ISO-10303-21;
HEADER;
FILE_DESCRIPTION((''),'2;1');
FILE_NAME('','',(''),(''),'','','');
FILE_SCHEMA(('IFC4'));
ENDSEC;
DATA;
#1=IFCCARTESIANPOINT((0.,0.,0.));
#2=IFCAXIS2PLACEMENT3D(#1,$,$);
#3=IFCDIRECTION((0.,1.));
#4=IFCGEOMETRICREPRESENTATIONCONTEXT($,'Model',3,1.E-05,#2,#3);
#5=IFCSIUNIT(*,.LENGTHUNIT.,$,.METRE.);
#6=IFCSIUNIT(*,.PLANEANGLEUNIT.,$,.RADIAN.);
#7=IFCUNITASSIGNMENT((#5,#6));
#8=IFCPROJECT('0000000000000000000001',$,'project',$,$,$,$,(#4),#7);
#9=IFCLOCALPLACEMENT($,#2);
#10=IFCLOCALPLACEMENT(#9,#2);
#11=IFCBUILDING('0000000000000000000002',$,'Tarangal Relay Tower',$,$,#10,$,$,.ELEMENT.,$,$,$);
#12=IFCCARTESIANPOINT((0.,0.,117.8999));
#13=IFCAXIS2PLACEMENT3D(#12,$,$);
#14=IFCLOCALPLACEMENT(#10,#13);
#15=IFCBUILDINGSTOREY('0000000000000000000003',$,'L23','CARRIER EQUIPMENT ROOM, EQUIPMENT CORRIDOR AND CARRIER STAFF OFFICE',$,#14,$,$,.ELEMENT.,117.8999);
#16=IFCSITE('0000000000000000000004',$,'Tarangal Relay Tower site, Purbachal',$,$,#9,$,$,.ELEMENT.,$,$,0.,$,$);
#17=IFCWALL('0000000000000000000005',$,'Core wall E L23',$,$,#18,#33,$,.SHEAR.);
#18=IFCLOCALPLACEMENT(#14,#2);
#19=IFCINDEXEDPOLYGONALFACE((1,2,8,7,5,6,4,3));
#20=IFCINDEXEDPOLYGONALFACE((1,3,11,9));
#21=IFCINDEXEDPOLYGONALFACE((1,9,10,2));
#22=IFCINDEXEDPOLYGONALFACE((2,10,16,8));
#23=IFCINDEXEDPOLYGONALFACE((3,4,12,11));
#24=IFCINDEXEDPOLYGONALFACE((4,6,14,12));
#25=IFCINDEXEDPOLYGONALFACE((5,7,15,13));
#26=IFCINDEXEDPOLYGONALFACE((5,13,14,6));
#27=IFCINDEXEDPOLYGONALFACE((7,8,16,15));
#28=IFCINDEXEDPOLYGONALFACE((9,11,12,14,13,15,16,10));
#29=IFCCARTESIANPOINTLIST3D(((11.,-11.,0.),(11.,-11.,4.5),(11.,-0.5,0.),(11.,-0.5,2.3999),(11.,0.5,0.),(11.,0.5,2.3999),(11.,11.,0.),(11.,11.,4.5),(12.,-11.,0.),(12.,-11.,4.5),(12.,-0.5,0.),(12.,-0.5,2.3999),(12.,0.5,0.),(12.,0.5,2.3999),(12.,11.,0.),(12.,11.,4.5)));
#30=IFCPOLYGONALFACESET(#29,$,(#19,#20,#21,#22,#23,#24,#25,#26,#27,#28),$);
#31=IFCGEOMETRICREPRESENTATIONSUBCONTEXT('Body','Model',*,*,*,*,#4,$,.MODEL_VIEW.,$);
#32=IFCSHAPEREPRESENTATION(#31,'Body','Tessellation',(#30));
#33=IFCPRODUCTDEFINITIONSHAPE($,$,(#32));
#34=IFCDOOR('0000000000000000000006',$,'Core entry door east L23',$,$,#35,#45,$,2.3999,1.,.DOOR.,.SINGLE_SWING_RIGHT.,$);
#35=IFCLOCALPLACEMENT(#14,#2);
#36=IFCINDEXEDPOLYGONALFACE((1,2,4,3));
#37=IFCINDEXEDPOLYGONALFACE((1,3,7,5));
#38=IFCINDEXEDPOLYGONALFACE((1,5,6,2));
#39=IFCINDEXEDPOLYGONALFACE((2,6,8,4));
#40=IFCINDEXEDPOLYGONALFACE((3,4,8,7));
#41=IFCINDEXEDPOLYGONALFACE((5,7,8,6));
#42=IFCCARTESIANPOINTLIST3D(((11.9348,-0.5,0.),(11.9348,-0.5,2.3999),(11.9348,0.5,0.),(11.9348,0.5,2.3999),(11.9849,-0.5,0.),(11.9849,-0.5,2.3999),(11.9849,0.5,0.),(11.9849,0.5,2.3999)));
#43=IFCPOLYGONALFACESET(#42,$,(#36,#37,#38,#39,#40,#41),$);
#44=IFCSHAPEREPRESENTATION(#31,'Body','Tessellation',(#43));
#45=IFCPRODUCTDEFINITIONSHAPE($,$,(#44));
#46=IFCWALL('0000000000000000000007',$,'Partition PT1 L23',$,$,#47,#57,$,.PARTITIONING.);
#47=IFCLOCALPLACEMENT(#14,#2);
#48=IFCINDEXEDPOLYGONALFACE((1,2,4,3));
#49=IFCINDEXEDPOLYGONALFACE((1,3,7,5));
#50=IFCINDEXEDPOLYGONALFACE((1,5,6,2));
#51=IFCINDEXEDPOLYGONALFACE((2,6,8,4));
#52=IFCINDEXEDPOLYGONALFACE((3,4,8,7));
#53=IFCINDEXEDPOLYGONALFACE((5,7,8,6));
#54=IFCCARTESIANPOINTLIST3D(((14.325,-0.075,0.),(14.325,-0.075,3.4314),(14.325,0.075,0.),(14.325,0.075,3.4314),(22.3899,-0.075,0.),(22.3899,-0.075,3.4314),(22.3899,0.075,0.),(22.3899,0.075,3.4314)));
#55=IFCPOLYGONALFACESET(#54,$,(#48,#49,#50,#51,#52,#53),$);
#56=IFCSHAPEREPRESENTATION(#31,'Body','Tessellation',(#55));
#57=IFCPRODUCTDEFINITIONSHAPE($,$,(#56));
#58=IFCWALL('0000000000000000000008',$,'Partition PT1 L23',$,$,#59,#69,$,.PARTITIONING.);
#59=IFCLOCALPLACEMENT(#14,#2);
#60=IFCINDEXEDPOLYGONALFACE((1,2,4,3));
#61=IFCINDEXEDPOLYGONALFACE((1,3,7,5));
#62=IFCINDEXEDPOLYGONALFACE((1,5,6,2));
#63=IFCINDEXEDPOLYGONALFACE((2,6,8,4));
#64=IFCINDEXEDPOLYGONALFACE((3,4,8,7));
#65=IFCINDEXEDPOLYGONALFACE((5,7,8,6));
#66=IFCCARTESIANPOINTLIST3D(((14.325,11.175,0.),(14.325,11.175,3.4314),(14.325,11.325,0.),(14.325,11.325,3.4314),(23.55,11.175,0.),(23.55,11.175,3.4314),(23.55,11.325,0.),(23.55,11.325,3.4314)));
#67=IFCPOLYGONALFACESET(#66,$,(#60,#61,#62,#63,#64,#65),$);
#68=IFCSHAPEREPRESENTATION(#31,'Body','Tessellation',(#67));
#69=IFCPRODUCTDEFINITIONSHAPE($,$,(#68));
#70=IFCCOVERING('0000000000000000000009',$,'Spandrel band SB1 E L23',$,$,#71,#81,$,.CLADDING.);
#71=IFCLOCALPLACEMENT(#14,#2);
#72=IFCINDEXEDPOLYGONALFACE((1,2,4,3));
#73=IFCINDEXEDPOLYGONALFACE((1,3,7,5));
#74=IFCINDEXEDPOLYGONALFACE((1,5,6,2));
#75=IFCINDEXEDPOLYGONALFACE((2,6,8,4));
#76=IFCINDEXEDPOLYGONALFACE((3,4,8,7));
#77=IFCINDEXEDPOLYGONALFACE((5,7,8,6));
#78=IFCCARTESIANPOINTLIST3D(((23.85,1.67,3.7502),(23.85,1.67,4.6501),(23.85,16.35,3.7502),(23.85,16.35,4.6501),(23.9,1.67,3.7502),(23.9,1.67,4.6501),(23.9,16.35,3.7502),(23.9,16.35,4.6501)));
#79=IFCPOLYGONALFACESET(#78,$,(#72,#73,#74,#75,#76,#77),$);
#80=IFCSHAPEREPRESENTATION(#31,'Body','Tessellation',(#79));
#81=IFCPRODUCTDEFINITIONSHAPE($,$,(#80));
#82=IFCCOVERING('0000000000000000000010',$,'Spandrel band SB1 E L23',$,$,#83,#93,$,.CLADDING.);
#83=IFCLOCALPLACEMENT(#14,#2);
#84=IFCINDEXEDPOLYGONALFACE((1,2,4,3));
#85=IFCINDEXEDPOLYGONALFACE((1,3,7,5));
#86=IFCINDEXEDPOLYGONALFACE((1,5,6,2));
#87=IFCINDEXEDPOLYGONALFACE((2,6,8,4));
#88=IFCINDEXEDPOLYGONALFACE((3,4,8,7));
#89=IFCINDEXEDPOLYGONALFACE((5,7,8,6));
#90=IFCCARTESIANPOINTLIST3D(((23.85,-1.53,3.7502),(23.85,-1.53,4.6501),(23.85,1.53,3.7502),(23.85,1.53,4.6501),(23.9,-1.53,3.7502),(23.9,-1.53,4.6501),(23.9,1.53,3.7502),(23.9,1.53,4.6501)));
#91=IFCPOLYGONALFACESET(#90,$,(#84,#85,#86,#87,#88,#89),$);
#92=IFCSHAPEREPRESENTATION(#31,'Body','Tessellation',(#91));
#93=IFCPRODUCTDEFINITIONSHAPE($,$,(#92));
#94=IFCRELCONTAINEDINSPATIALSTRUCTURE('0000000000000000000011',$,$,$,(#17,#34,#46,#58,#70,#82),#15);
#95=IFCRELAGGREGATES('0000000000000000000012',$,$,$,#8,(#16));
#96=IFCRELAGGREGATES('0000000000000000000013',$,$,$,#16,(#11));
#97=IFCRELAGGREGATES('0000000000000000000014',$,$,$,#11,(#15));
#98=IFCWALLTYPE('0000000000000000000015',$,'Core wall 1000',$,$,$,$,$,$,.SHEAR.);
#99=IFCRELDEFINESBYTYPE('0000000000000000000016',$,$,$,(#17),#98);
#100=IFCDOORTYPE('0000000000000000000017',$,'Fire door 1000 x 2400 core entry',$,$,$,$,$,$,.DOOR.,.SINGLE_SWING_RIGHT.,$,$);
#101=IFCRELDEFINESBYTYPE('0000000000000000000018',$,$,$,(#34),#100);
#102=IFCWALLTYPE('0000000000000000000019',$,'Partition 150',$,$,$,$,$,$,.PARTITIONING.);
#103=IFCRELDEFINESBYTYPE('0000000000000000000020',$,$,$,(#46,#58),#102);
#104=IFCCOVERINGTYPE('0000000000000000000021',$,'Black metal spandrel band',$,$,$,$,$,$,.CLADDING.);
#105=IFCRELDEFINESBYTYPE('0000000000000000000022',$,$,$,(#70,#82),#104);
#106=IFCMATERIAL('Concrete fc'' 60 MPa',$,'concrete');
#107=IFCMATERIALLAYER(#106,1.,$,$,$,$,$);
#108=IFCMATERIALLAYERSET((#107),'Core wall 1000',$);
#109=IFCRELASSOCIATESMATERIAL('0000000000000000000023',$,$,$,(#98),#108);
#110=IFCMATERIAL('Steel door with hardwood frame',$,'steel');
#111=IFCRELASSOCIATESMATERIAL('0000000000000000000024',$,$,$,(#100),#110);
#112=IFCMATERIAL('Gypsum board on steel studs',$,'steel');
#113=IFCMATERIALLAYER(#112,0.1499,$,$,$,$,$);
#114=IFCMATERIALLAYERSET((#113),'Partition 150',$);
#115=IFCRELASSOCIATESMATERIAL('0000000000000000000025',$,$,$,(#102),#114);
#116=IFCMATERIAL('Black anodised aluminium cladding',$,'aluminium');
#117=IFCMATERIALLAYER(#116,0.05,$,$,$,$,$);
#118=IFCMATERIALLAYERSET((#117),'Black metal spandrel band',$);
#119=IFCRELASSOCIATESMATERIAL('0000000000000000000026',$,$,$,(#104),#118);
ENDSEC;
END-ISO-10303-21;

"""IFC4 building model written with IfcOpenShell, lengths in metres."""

from ifc_helpers import new_model, si_unit, direction, frame, frame_2d, origin, origin_2d, place, context, subcontext, project, spatial, rectangle, extrude, material, layer, layer_set, type_object, element, fill, save


model = new_model("IFC4")

# Units and contexts
model_context = context("Model", 3, precision=1e-05, world=origin(), true_north=direction((0.0, 1.0)))
body_context = subcontext(model_context, "Body", "Model", "MODEL_VIEW")
ifc_project = project(units=[si_unit("LENGTHUNIT", "METRE"), si_unit("PLANEANGLEUNIT", "RADIAN")], contexts=[model_context])

# Site, building, storey
site_placement = place(None, origin())
site = spatial("IfcSite", under=ifc_project, at=site_placement, Name="Tarangal Relay Tower site, Purbachal", CompositionType="ELEMENT", RefElevation=0.0)
building_placement = place(site_placement, origin())
building = spatial("IfcBuilding", under=site, at=building_placement, Name="Tarangal Relay Tower", CompositionType="ELEMENT")
storey_placement = place(building_placement, frame((0.0, 0.0, 117.8999)))
storey = spatial("IfcBuildingStorey", under=building, at=storey_placement, Name="L23", Description="CARRIER EQUIPMENT ROOM, EQUIPMENT CORRIDOR AND CARRIER STAFF OFFICE", CompositionType="ELEMENT", Elevation=117.8999)

# Wall, opening, door
ifc_material_1 = material(Name="Concrete fc' 60 MPa", Category="concrete")
ifc_layer_1 = layer(ifc_material_1, 1.0)
ifc_layer_set_1 = layer_set([ifc_layer_1], Name="Core wall 1000")
wall_type_1 = type_object("IfcWallType", Name="Core wall 1000", PredefinedType="SHEAR", material=ifc_layer_set_1)
wall_1_placement = place(storey_placement, frame((11.5, 11.0, 0.0), z_axis=(0.0, 0.0, 1.0), x_axis=(0.0, -1.0, 0.0)))
wall_1 = element("IfcWall", 1, at=wall_1_placement, inside=storey, type_object=wall_type_1, Name="Core wall E L23", PredefinedType="SHEAR", context=body_context, shape_type="SweptSolid", body=[
    extrude(rectangle(XDim=22.0, YDim=1.0, at=frame_2d((11.0, 0.0))), origin(), (0.0, 0.0, 1.0), 4.5),
])
opening_placement = place(wall_1_placement, frame((10.5, 0.0, 0.0)))
opening = element("IfcOpeningElement", 2, at=opening_placement, cuts=wall_1, PredefinedType="OPENING", context=body_context, shape_type="SweptSolid", body=[
    extrude(rectangle(XDim=1.0, YDim=2.3999, at=frame_2d((0.5, 1.2))), frame((0.0, 0.51, 0.0), z_axis=(0.0, -1.0, 0.0), x_axis=(1.0, 0.0, 0.0)), (0.0, 0.0, 1.0), 1.02),
])
ifc_material_2 = material(Name="Steel door with hardwood frame", Category="steel")
door_type = type_object("IfcDoorType", Name="Fire door 1000 x 2400 core entry", OperationType="SINGLE_SWING_RIGHT", PredefinedType="DOOR", material=ifc_material_2)
door_placement = place(opening_placement, origin())
door = element("IfcDoor", 3, at=door_placement, inside=storey, type_object=door_type, Name="Core entry door east L23", OperationType="SINGLE_SWING_RIGHT", OverallHeight=2.3999, OverallWidth=1.0, PredefinedType="DOOR", context=body_context, shape_type="SweptSolid", body=[
    extrude(rectangle(XDim=1.0, YDim=2.3999, at=frame_2d((0.5, 1.2))), frame((0.0, 0.4849, 0.0), z_axis=(0.0, -1.0, 0.0), x_axis=(1.0, 0.0, 0.0)), (0.0, 0.0, 1.0), 0.05),
])
fill(opening, door)

# Walls
ifc_material_3 = material(Name="Gypsum board on steel studs", Category="steel")
ifc_layer_2 = layer(ifc_material_3, 0.1499)
ifc_layer_set_2 = layer_set([ifc_layer_2], Name="Partition 150")
wall_type_2 = type_object("IfcWallType", Name="Partition 150", PredefinedType="PARTITIONING", material=ifc_layer_set_2)
wall_2_placement = place(storey_placement, frame((14.325, 0.0, 0.0), z_axis=(0.0, 0.0, 1.0), x_axis=(1.0, 0.0, 0.0)))
element("IfcWall", 4, at=wall_2_placement, inside=storey, type_object=wall_type_2, Name="Partition PT1 L23", PredefinedType="PARTITIONING", context=body_context, shape_type="SweptSolid", body=[
    extrude(rectangle(XDim=8.0649, YDim=0.1499, at=frame_2d((4.0325, 0.0))), origin(), (0.0, 0.0, 1.0), 3.4314),
])
wall_3_placement = place(storey_placement, frame((14.325, 11.25, 0.0), z_axis=(0.0, 0.0, 1.0), x_axis=(1.0, 0.0, 0.0)))
element("IfcWall", 5, at=wall_3_placement, inside=storey, type_object=wall_type_2, Name="Partition PT1 L23", PredefinedType="PARTITIONING", context=body_context, shape_type="SweptSolid", body=[
    extrude(rectangle(XDim=9.2251, YDim=0.1499, at=frame_2d((4.6125, 0.0))), origin(), (0.0, 0.0, 1.0), 3.4314),
])

# Coverings
ifc_material_4 = material(Name="Black anodised aluminium cladding", Category="aluminium")
ifc_layer_3 = layer(ifc_material_4, 0.05)
ifc_layer_set_3 = layer_set([ifc_layer_3], Name="Black metal spandrel band")
covering_type = type_object("IfcCoveringType", Name="Black metal spandrel band", PredefinedType="CLADDING", material=ifc_layer_set_3)
covering_1_placement = place(storey_placement, frame((23.875, 9.01, 3.7502), z_axis=(0.0, 0.0, 1.0), x_axis=(0.0, -1.0, 0.0)))
element("IfcCovering", 6, at=covering_1_placement, inside=storey, type_object=covering_type, Name="Spandrel band SB1 E L23", PredefinedType="CLADDING", context=body_context, shape_type="SweptSolid", body=[
    extrude(rectangle(XDim=14.6799, YDim=0.05, at=origin_2d()), origin(), (0.0, 0.0, 1.0), 0.8999),
])
covering_2_placement = place(storey_placement, frame((23.875, 0.0, 3.7502), z_axis=(0.0, 0.0, 1.0), x_axis=(0.0, -1.0, 0.0)))
element("IfcCovering", 7, at=covering_2_placement, inside=storey, type_object=covering_type, Name="Spandrel band SB1 E L23", PredefinedType="CLADDING", context=body_context, shape_type="SweptSolid", body=[
    extrude(rectangle(XDim=3.0601, YDim=0.05, at=origin_2d()), origin(), (0.0, 0.0, 1.0), 0.8999),
])

save(model, "model.ifc")
